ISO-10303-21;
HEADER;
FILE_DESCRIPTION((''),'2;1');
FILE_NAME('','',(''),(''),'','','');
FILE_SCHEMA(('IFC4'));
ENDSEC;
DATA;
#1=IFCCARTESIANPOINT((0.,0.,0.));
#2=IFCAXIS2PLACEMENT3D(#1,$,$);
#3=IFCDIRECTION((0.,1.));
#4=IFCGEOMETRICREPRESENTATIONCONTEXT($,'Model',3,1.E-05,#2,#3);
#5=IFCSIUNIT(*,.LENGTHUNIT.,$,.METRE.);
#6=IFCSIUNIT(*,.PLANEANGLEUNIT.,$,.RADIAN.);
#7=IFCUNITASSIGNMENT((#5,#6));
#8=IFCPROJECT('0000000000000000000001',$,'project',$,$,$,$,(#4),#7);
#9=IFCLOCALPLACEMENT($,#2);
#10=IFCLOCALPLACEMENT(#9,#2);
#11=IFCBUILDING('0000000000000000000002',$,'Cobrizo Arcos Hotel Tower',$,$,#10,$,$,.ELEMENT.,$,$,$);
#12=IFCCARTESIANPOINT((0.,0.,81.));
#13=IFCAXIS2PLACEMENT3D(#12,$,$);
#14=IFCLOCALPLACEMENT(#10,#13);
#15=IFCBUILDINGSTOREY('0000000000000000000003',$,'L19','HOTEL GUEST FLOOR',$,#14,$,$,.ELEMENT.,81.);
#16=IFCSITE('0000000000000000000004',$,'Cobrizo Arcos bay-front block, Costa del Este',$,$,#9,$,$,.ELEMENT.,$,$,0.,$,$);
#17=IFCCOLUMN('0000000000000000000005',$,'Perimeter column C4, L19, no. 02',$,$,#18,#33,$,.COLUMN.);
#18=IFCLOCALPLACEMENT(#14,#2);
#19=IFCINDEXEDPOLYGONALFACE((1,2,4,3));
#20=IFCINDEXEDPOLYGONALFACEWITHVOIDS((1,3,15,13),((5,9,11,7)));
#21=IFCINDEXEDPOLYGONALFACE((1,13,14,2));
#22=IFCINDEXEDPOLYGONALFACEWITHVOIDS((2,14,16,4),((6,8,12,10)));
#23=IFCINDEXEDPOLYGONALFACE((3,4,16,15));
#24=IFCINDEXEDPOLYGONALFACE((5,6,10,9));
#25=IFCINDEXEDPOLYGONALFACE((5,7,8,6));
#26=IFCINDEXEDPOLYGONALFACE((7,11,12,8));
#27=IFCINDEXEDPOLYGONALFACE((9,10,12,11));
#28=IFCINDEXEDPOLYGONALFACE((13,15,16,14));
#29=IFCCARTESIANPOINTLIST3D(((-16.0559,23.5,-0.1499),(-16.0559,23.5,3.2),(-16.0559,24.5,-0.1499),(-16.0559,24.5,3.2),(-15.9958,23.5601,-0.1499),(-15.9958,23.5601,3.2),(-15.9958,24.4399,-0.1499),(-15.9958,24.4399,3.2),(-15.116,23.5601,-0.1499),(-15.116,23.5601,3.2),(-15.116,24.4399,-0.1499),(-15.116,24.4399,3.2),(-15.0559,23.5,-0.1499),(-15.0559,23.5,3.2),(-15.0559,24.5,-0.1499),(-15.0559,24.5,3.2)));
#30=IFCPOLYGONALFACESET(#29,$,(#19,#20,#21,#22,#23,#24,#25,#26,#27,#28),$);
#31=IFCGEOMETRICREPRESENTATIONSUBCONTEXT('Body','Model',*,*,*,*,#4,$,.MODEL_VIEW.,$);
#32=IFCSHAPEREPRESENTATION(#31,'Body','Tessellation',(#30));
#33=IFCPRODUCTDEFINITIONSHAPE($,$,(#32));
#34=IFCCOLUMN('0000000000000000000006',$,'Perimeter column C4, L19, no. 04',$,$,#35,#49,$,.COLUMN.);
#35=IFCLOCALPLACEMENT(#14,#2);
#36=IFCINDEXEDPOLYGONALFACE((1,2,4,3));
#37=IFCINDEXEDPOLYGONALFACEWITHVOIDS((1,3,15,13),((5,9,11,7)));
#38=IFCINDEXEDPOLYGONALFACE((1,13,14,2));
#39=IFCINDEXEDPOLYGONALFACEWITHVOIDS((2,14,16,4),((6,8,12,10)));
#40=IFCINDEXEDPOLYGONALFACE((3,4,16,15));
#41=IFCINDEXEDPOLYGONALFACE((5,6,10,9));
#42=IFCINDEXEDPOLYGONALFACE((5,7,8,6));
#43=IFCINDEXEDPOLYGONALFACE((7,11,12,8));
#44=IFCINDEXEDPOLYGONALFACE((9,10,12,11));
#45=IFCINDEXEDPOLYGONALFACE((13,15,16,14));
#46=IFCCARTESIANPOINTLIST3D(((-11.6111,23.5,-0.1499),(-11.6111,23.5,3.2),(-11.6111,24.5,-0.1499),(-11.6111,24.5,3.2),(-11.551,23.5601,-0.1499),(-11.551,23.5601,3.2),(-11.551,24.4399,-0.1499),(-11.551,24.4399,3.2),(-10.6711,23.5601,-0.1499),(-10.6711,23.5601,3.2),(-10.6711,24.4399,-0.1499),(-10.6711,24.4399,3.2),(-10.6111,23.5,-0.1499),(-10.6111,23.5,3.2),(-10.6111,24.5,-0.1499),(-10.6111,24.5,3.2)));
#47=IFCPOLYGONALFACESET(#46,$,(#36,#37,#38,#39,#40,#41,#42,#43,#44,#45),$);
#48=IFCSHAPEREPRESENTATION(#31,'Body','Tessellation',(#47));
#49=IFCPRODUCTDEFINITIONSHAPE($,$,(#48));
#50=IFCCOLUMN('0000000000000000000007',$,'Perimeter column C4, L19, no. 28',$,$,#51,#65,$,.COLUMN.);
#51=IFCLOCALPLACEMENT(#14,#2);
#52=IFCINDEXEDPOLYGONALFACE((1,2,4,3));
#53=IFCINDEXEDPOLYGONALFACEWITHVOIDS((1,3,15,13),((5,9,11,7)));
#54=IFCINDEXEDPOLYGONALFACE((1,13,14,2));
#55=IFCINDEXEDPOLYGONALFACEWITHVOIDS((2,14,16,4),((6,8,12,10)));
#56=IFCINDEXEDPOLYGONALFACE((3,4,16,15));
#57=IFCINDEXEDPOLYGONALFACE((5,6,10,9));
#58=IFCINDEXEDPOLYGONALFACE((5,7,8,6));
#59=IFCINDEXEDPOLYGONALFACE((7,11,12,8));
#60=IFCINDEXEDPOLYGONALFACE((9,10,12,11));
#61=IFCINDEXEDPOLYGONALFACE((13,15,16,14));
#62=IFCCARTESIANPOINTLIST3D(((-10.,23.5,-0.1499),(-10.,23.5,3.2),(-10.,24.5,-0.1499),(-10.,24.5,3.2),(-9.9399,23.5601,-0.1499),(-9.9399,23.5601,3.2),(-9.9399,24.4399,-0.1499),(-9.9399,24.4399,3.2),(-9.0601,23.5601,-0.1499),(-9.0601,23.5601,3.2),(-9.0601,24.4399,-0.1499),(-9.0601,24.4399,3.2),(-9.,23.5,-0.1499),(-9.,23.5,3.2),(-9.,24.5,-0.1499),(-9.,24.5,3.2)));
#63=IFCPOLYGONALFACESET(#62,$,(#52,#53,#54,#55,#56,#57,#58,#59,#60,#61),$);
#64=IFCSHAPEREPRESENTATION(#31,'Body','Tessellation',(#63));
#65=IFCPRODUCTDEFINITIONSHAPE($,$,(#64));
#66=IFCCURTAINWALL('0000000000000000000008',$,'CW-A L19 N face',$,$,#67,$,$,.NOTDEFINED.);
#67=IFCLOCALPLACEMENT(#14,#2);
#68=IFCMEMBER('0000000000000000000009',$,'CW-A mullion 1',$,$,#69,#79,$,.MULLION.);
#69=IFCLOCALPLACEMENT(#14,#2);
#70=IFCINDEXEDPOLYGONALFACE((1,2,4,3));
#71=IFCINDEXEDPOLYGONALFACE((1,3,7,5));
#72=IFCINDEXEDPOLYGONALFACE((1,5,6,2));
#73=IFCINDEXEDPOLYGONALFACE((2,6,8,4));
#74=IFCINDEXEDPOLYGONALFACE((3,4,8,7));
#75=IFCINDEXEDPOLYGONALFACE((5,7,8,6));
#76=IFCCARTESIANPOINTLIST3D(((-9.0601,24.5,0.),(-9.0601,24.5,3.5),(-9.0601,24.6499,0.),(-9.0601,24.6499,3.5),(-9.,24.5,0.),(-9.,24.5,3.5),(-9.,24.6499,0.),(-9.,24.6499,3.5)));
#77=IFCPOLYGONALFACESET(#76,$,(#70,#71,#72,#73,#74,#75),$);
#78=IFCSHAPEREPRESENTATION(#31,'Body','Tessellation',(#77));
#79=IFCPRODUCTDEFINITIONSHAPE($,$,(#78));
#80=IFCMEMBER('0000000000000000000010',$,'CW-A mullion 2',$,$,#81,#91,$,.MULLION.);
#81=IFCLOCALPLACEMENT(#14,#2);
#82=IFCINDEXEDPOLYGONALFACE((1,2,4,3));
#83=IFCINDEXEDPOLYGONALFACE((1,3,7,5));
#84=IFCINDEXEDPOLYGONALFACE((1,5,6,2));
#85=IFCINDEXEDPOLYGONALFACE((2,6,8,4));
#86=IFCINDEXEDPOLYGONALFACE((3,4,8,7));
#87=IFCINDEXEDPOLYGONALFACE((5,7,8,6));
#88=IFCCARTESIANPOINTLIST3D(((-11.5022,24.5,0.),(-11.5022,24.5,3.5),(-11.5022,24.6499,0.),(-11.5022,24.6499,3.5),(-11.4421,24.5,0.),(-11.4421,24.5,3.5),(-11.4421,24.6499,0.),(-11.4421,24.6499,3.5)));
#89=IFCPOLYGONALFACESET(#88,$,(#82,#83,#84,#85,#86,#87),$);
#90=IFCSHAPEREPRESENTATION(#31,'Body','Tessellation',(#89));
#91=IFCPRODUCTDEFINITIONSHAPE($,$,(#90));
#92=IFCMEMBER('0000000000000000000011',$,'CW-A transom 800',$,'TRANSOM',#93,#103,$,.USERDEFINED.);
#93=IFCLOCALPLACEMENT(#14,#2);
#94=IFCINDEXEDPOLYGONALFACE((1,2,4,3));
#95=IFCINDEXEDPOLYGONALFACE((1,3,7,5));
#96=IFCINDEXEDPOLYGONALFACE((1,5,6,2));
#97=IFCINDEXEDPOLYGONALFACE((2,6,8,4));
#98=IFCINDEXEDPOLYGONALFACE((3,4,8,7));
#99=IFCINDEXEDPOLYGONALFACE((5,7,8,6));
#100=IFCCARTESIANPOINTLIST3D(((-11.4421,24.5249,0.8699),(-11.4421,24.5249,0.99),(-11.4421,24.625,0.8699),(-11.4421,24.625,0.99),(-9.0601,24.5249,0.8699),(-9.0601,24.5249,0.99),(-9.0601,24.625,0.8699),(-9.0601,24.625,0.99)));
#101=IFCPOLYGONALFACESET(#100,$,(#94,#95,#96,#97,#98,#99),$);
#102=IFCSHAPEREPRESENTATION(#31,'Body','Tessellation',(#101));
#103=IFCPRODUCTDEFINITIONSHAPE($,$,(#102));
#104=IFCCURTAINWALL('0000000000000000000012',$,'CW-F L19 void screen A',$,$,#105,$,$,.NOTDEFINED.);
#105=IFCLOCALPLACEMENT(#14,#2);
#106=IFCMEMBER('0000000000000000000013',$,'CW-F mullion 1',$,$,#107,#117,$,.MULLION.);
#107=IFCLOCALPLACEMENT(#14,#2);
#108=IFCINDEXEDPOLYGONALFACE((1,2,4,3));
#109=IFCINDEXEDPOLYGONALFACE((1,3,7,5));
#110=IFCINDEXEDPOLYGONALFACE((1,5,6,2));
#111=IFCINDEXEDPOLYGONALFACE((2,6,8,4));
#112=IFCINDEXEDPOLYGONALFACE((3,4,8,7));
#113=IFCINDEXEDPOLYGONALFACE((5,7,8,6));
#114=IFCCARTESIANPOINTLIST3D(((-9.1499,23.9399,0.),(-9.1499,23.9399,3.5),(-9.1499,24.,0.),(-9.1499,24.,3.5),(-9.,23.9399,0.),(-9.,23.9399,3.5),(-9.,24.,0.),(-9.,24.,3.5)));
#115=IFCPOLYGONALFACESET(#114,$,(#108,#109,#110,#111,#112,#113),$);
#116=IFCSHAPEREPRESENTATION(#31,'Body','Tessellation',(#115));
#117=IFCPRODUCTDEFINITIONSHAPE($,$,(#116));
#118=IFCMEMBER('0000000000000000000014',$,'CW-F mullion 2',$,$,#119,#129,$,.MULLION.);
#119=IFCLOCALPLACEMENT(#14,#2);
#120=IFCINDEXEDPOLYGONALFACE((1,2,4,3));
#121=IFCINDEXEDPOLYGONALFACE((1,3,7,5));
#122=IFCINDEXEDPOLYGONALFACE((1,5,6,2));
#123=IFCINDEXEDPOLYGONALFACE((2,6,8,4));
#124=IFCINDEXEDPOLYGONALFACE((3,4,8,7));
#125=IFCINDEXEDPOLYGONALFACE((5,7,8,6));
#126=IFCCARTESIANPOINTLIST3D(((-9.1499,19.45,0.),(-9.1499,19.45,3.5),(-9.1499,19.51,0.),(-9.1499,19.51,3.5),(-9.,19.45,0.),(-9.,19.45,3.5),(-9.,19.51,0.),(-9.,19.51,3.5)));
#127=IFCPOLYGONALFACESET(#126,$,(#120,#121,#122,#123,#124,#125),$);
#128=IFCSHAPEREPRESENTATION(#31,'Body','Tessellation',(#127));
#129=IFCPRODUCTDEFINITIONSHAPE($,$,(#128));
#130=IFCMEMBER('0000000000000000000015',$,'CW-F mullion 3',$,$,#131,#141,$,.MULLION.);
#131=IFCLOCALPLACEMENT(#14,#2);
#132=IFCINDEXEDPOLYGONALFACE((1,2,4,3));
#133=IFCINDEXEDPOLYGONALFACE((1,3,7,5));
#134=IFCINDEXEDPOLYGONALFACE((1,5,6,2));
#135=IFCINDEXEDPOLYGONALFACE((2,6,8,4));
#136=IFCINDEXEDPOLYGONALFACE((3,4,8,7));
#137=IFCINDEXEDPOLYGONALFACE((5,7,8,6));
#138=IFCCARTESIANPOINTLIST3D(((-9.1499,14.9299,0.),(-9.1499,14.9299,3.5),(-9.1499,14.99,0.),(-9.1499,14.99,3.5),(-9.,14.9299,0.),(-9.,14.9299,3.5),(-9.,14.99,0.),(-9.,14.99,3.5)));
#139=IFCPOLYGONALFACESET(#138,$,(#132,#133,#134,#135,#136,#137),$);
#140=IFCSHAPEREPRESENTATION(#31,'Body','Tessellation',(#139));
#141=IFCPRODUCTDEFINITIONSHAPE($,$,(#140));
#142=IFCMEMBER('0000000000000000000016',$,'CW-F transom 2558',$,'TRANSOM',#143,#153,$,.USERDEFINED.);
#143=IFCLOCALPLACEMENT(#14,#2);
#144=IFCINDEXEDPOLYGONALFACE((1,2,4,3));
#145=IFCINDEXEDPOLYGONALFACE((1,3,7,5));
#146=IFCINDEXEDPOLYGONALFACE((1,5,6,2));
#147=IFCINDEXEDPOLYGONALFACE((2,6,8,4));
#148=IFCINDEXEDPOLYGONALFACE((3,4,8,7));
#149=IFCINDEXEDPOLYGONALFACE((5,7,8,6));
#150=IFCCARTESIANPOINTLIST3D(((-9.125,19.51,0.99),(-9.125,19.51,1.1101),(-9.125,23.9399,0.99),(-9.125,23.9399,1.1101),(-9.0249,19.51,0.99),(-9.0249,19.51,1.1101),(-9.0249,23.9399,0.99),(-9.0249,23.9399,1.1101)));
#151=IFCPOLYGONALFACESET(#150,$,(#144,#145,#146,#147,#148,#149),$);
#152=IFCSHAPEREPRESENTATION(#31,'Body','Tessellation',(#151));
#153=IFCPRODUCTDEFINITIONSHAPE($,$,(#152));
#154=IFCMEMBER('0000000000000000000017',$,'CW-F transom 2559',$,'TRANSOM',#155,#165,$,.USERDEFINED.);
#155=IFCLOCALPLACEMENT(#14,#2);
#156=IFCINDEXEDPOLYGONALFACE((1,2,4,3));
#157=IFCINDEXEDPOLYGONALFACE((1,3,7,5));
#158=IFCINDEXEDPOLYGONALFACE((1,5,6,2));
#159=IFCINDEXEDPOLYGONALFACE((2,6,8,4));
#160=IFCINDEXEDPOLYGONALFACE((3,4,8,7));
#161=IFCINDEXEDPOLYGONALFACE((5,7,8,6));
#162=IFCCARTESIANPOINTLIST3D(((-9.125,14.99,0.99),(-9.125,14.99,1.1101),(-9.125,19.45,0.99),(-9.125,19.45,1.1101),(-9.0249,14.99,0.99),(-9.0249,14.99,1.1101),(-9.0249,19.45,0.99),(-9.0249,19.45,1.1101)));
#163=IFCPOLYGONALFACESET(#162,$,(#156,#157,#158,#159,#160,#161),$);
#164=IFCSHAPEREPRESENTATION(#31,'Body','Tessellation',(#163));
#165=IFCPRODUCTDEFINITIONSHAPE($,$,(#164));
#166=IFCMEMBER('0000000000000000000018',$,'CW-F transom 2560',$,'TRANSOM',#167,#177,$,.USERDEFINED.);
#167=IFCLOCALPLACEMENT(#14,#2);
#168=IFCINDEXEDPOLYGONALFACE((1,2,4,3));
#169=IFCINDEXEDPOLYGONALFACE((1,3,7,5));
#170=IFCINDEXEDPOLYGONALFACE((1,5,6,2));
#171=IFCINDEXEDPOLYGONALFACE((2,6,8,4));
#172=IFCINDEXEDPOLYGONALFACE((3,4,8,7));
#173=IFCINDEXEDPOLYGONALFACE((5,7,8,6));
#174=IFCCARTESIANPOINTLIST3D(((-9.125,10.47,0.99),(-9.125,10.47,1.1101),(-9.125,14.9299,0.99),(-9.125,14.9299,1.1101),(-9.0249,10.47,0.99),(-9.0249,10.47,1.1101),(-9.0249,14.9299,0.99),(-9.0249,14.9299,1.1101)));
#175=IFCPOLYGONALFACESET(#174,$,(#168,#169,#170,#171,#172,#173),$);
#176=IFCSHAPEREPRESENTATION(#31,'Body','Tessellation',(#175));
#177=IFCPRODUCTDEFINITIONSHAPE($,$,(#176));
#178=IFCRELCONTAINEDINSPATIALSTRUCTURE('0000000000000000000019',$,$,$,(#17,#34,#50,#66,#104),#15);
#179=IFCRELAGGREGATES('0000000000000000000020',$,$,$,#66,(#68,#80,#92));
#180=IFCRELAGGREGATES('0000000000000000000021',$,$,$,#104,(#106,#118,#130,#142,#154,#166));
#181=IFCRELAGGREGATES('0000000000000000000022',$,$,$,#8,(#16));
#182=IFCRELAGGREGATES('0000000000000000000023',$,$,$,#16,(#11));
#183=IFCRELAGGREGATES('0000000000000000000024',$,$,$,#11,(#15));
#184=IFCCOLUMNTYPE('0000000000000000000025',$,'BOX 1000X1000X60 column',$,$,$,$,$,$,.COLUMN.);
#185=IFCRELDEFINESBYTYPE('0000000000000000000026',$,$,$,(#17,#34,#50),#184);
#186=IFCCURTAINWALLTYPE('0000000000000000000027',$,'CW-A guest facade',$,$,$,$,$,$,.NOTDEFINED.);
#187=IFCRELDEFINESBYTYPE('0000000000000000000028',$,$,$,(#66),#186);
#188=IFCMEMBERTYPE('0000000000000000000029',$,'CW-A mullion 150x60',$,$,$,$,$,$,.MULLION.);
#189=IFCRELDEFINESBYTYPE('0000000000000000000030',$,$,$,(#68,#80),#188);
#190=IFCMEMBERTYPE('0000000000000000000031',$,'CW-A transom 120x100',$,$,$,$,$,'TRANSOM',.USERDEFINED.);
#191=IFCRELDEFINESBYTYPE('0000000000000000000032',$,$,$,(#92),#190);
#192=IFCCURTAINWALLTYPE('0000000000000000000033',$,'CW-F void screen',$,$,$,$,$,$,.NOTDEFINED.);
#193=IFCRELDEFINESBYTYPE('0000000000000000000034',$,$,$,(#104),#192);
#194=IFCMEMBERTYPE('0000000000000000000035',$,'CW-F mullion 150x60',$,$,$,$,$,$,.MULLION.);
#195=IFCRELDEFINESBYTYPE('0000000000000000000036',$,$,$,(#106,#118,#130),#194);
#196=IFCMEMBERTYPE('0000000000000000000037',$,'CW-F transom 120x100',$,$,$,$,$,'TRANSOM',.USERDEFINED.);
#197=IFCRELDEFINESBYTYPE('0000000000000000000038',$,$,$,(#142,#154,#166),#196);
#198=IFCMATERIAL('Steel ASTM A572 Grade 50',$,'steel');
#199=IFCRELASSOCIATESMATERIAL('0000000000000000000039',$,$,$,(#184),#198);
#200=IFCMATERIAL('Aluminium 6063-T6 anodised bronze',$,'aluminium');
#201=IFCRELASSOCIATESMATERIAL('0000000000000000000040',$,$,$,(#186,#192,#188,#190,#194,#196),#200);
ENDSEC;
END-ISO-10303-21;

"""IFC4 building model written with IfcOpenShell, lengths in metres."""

from ifc_helpers import new_model, si_unit, direction, frame, origin, origin_2d, place, context, subcontext, project, spatial, rectangle, hollow_rectangle, extrude, material, material_profile, profile_set, type_object, element, aggregate, save


model = new_model("IFC4")

# Units and contexts
model_context = context("Model", 3, precision=1e-05, world=origin(), true_north=direction((0.0, 1.0)))
body_context = subcontext(model_context, "Body", "Model", "MODEL_VIEW")
ifc_project = project(units=[si_unit("LENGTHUNIT", "METRE"), si_unit("PLANEANGLEUNIT", "RADIAN")], contexts=[model_context])

# Site, building, storey
site_placement = place(None, origin())
site = spatial("IfcSite", under=ifc_project, at=site_placement, Name="Cobrizo Arcos bay-front block, Costa del Este", CompositionType="ELEMENT", RefElevation=0.0)
building_placement = place(site_placement, origin())
building = spatial("IfcBuilding", under=site, at=building_placement, Name="Cobrizo Arcos Hotel Tower", CompositionType="ELEMENT")
storey_placement = place(building_placement, frame((0.0, 0.0, 81.0)))
storey = spatial("IfcBuildingStorey", under=building, at=storey_placement, Name="L19", Description="HOTEL GUEST FLOOR", CompositionType="ELEMENT", Elevation=81.0)

# Columns
ifc_material_1 = material(Name="Steel ASTM A572 Grade 50", Category="steel")
ifc_material_profile_1 = material_profile(ifc_material_1, hollow_rectangle(XDim=1.0, YDim=1.0, WallThickness=0.0601, at=origin_2d()), Name="BOX 1000X1000X60")
ifc_profile_set_1 = profile_set([ifc_material_profile_1], Name="Steel ASTM A572 Grade 50")
column_type = type_object("IfcColumnType", Name="BOX 1000X1000X60 column", PredefinedType="COLUMN", material=ifc_profile_set_1)
for number, where, z_axis, x_axis, name in (
    (1, (-15.5559, 24.0, -0.1499), (0.0, 0.0, 1.0), (1.0, 0.0, 0.0), "Perimeter column C4, L19, no. 02"),
    (2, (-11.1111, 24.0, -0.1499), (0.0, 0.0, 1.0), (1.0, 0.0, 0.0), "Perimeter column C4, L19, no. 04"),
    (3, (-9.5, 24.0, -0.1499), (0.0, 0.0, 1.0), (1.0, 0.0, 0.0), "Perimeter column C4, L19, no. 28"),
):
    element("IfcColumn", number, at=place(storey_placement, frame(where, z_axis=z_axis, x_axis=x_axis)), inside=storey, type_object=column_type, Name=name, PredefinedType="COLUMN", context=body_context, shape_type="SweptSolid", body=[
        extrude(hollow_rectangle(XDim=1.0, YDim=1.0, WallThickness=0.0601, at=origin_2d()), origin(), (0.0, 0.0, 1.0), 3.3499),
    ])

# Curtain walls, members
ifc_material_2 = material(Name="Aluminium 6063-T6 anodised bronze", Category="aluminium")
curtain_wall_type_1 = type_object("IfcCurtainWallType", Name="CW-A guest facade", PredefinedType="NOTDEFINED", material=ifc_material_2)
curtain_wall_1_placement = place(storey_placement, origin())
curtain_wall_1 = element("IfcCurtainWall", 4, at=curtain_wall_1_placement, inside=storey, type_object=curtain_wall_type_1, Name="CW-A L19 N face", PredefinedType="NOTDEFINED")
ifc_material_profile_2 = material_profile(ifc_material_2, rectangle(XDim=0.1499, YDim=0.0601, at=origin_2d()), Name="CW-A mullion 150x60")
ifc_profile_set_2 = profile_set([ifc_material_profile_2], Name="Aluminium 6063-T6 anodised bronze")
member_type_1 = type_object("IfcMemberType", Name="CW-A mullion 150x60", PredefinedType="MULLION", material=ifc_profile_set_2)
member_1_placement = place(storey_placement, frame((-9.03, 24.575, 0.0), z_axis=(0.0, 0.0, 1.0), x_axis=(0.0, 1.0, 0.0)))
member_1 = element("IfcMember", 5, at=member_1_placement, type_object=member_type_1, Name="CW-A mullion 1", PredefinedType="MULLION", context=body_context, shape_type="SweptSolid", body=[
    extrude(rectangle(XDim=0.1499, YDim=0.0601, at=origin_2d()), origin(), (0.0, 0.0, 1.0), 3.5),
])
member_2_placement = place(storey_placement, frame((-11.4722, 24.575, 0.0), z_axis=(0.0, 0.0, 1.0), x_axis=(0.0, 1.0, 0.0)))
member_2 = element("IfcMember", 6, at=member_2_placement, type_object=member_type_1, Name="CW-A mullion 2", PredefinedType="MULLION", context=body_context, shape_type="SweptSolid", body=[
    extrude(rectangle(XDim=0.1499, YDim=0.0601, at=origin_2d()), origin(), (0.0, 0.0, 1.0), 3.5),
])
ifc_material_profile_3 = material_profile(ifc_material_2, rectangle(XDim=0.1001, YDim=0.1201, at=origin_2d()), Name="CW-A transom 120x100")
ifc_profile_set_3 = profile_set([ifc_material_profile_3], Name="Aluminium 6063-T6 anodised bronze")
member_type_2 = type_object("IfcMemberType", Name="CW-A transom 120x100", ElementType="TRANSOM", PredefinedType="USERDEFINED", material=ifc_profile_set_3)
member_3_placement = place(storey_placement, frame((-9.0601, 24.575, 0.9299), z_axis=(-1.0, 0.0, 0.0), x_axis=(0.0, -1.0, 0.0)))
member_3 = element("IfcMember", 7, at=member_3_placement, type_object=member_type_2, Name="CW-A transom 800", ObjectType="TRANSOM", PredefinedType="USERDEFINED", context=body_context, shape_type="SweptSolid", body=[
    extrude(rectangle(XDim=0.1001, YDim=0.1201, at=origin_2d()), origin(), (0.0, 0.0, 1.0), 2.3821),
])
curtain_wall_type_2 = type_object("IfcCurtainWallType", Name="CW-F void screen", PredefinedType="NOTDEFINED", material=ifc_material_2)
curtain_wall_2_placement = place(storey_placement, origin())
curtain_wall_2 = element("IfcCurtainWall", 8, at=curtain_wall_2_placement, inside=storey, type_object=curtain_wall_type_2, Name="CW-F L19 void screen A", PredefinedType="NOTDEFINED")
ifc_material_profile_4 = material_profile(ifc_material_2, rectangle(XDim=0.1499, YDim=0.0601, at=origin_2d()), Name="CW-F mullion 150x60")
ifc_profile_set_4 = profile_set([ifc_material_profile_4], Name="Aluminium 6063-T6 anodised bronze")
member_type_3 = type_object("IfcMemberType", Name="CW-F mullion 150x60", PredefinedType="MULLION", material=ifc_profile_set_4)
member_4_placement = place(storey_placement, frame((-9.075, 23.97, 0.0), z_axis=(0.0, 0.0, 1.0), x_axis=(-1.0, 0.0, 0.0)))
member_4 = element("IfcMember", 9, at=member_4_placement, type_object=member_type_3, Name="CW-F mullion 1", PredefinedType="MULLION", context=body_context, shape_type="SweptSolid", body=[
    extrude(rectangle(XDim=0.1499, YDim=0.0601, at=origin_2d()), origin(), (0.0, 0.0, 1.0), 3.5),
])
member_5_placement = place(storey_placement, frame((-9.075, 19.48, 0.0), z_axis=(0.0, 0.0, 1.0), x_axis=(-1.0, 0.0, 0.0)))
member_5 = element("IfcMember", 10, at=member_5_placement, type_object=member_type_3, Name="CW-F mullion 2", PredefinedType="MULLION", context=body_context, shape_type="SweptSolid", body=[
    extrude(rectangle(XDim=0.1499, YDim=0.0601, at=origin_2d()), origin(), (0.0, 0.0, 1.0), 3.5),
])
member_6_placement = place(storey_placement, frame((-9.075, 14.96, 0.0), z_axis=(0.0, 0.0, 1.0), x_axis=(-1.0, 0.0, 0.0)))
member_6 = element("IfcMember", 11, at=member_6_placement, type_object=member_type_3, Name="CW-F mullion 3", PredefinedType="MULLION", context=body_context, shape_type="SweptSolid", body=[
    extrude(rectangle(XDim=0.1499, YDim=0.0601, at=origin_2d()), origin(), (0.0, 0.0, 1.0), 3.5),
])
ifc_material_profile_5 = material_profile(ifc_material_2, rectangle(XDim=0.1001, YDim=0.1201, at=origin_2d()), Name="CW-F transom 120x100")
ifc_profile_set_5 = profile_set([ifc_material_profile_5], Name="Aluminium 6063-T6 anodised bronze")
member_type_4 = type_object("IfcMemberType", Name="CW-F transom 120x100", ElementType="TRANSOM", PredefinedType="USERDEFINED", material=ifc_profile_set_5)
member_7_placement = place(storey_placement, frame((-9.075, 23.9399, 1.05), z_axis=(0.0, -1.0, 0.0), x_axis=(1.0, 0.0, 0.0)))
member_7 = element("IfcMember", 12, at=member_7_placement, type_object=member_type_4, Name="CW-F transom 2558", ObjectType="TRANSOM", PredefinedType="USERDEFINED", context=body_context, shape_type="SweptSolid", body=[
    extrude(rectangle(XDim=0.1001, YDim=0.1201, at=origin_2d()), origin(), (0.0, 0.0, 1.0), 4.4299),
])
member_8_placement = place(storey_placement, frame((-9.075, 19.45, 1.05), z_axis=(0.0, -1.0, 0.0), x_axis=(1.0, 0.0, 0.0)))
member_8 = element("IfcMember", 13, at=member_8_placement, type_object=member_type_4, Name="CW-F transom 2559", ObjectType="TRANSOM", PredefinedType="USERDEFINED", context=body_context, shape_type="SweptSolid", body=[
    extrude(rectangle(XDim=0.1001, YDim=0.1201, at=origin_2d()), origin(), (0.0, 0.0, 1.0), 4.46),
])
member_9_placement = place(storey_placement, frame((-9.075, 14.9299, 1.05), z_axis=(0.0, -1.0, 0.0), x_axis=(1.0, 0.0, 0.0)))
member_9 = element("IfcMember", 14, at=member_9_placement, type_object=member_type_4, Name="CW-F transom 2560", ObjectType="TRANSOM", PredefinedType="USERDEFINED", context=body_context, shape_type="SweptSolid", body=[
    extrude(rectangle(XDim=0.1001, YDim=0.1201, at=origin_2d()), origin(), (0.0, 0.0, 1.0), 4.46),
])

aggregate(curtain_wall_1, [member_1, member_2, member_3])
aggregate(curtain_wall_2, [member_4, member_5, member_6, member_7, member_8, member_9])

save(model, "model.ifc")
